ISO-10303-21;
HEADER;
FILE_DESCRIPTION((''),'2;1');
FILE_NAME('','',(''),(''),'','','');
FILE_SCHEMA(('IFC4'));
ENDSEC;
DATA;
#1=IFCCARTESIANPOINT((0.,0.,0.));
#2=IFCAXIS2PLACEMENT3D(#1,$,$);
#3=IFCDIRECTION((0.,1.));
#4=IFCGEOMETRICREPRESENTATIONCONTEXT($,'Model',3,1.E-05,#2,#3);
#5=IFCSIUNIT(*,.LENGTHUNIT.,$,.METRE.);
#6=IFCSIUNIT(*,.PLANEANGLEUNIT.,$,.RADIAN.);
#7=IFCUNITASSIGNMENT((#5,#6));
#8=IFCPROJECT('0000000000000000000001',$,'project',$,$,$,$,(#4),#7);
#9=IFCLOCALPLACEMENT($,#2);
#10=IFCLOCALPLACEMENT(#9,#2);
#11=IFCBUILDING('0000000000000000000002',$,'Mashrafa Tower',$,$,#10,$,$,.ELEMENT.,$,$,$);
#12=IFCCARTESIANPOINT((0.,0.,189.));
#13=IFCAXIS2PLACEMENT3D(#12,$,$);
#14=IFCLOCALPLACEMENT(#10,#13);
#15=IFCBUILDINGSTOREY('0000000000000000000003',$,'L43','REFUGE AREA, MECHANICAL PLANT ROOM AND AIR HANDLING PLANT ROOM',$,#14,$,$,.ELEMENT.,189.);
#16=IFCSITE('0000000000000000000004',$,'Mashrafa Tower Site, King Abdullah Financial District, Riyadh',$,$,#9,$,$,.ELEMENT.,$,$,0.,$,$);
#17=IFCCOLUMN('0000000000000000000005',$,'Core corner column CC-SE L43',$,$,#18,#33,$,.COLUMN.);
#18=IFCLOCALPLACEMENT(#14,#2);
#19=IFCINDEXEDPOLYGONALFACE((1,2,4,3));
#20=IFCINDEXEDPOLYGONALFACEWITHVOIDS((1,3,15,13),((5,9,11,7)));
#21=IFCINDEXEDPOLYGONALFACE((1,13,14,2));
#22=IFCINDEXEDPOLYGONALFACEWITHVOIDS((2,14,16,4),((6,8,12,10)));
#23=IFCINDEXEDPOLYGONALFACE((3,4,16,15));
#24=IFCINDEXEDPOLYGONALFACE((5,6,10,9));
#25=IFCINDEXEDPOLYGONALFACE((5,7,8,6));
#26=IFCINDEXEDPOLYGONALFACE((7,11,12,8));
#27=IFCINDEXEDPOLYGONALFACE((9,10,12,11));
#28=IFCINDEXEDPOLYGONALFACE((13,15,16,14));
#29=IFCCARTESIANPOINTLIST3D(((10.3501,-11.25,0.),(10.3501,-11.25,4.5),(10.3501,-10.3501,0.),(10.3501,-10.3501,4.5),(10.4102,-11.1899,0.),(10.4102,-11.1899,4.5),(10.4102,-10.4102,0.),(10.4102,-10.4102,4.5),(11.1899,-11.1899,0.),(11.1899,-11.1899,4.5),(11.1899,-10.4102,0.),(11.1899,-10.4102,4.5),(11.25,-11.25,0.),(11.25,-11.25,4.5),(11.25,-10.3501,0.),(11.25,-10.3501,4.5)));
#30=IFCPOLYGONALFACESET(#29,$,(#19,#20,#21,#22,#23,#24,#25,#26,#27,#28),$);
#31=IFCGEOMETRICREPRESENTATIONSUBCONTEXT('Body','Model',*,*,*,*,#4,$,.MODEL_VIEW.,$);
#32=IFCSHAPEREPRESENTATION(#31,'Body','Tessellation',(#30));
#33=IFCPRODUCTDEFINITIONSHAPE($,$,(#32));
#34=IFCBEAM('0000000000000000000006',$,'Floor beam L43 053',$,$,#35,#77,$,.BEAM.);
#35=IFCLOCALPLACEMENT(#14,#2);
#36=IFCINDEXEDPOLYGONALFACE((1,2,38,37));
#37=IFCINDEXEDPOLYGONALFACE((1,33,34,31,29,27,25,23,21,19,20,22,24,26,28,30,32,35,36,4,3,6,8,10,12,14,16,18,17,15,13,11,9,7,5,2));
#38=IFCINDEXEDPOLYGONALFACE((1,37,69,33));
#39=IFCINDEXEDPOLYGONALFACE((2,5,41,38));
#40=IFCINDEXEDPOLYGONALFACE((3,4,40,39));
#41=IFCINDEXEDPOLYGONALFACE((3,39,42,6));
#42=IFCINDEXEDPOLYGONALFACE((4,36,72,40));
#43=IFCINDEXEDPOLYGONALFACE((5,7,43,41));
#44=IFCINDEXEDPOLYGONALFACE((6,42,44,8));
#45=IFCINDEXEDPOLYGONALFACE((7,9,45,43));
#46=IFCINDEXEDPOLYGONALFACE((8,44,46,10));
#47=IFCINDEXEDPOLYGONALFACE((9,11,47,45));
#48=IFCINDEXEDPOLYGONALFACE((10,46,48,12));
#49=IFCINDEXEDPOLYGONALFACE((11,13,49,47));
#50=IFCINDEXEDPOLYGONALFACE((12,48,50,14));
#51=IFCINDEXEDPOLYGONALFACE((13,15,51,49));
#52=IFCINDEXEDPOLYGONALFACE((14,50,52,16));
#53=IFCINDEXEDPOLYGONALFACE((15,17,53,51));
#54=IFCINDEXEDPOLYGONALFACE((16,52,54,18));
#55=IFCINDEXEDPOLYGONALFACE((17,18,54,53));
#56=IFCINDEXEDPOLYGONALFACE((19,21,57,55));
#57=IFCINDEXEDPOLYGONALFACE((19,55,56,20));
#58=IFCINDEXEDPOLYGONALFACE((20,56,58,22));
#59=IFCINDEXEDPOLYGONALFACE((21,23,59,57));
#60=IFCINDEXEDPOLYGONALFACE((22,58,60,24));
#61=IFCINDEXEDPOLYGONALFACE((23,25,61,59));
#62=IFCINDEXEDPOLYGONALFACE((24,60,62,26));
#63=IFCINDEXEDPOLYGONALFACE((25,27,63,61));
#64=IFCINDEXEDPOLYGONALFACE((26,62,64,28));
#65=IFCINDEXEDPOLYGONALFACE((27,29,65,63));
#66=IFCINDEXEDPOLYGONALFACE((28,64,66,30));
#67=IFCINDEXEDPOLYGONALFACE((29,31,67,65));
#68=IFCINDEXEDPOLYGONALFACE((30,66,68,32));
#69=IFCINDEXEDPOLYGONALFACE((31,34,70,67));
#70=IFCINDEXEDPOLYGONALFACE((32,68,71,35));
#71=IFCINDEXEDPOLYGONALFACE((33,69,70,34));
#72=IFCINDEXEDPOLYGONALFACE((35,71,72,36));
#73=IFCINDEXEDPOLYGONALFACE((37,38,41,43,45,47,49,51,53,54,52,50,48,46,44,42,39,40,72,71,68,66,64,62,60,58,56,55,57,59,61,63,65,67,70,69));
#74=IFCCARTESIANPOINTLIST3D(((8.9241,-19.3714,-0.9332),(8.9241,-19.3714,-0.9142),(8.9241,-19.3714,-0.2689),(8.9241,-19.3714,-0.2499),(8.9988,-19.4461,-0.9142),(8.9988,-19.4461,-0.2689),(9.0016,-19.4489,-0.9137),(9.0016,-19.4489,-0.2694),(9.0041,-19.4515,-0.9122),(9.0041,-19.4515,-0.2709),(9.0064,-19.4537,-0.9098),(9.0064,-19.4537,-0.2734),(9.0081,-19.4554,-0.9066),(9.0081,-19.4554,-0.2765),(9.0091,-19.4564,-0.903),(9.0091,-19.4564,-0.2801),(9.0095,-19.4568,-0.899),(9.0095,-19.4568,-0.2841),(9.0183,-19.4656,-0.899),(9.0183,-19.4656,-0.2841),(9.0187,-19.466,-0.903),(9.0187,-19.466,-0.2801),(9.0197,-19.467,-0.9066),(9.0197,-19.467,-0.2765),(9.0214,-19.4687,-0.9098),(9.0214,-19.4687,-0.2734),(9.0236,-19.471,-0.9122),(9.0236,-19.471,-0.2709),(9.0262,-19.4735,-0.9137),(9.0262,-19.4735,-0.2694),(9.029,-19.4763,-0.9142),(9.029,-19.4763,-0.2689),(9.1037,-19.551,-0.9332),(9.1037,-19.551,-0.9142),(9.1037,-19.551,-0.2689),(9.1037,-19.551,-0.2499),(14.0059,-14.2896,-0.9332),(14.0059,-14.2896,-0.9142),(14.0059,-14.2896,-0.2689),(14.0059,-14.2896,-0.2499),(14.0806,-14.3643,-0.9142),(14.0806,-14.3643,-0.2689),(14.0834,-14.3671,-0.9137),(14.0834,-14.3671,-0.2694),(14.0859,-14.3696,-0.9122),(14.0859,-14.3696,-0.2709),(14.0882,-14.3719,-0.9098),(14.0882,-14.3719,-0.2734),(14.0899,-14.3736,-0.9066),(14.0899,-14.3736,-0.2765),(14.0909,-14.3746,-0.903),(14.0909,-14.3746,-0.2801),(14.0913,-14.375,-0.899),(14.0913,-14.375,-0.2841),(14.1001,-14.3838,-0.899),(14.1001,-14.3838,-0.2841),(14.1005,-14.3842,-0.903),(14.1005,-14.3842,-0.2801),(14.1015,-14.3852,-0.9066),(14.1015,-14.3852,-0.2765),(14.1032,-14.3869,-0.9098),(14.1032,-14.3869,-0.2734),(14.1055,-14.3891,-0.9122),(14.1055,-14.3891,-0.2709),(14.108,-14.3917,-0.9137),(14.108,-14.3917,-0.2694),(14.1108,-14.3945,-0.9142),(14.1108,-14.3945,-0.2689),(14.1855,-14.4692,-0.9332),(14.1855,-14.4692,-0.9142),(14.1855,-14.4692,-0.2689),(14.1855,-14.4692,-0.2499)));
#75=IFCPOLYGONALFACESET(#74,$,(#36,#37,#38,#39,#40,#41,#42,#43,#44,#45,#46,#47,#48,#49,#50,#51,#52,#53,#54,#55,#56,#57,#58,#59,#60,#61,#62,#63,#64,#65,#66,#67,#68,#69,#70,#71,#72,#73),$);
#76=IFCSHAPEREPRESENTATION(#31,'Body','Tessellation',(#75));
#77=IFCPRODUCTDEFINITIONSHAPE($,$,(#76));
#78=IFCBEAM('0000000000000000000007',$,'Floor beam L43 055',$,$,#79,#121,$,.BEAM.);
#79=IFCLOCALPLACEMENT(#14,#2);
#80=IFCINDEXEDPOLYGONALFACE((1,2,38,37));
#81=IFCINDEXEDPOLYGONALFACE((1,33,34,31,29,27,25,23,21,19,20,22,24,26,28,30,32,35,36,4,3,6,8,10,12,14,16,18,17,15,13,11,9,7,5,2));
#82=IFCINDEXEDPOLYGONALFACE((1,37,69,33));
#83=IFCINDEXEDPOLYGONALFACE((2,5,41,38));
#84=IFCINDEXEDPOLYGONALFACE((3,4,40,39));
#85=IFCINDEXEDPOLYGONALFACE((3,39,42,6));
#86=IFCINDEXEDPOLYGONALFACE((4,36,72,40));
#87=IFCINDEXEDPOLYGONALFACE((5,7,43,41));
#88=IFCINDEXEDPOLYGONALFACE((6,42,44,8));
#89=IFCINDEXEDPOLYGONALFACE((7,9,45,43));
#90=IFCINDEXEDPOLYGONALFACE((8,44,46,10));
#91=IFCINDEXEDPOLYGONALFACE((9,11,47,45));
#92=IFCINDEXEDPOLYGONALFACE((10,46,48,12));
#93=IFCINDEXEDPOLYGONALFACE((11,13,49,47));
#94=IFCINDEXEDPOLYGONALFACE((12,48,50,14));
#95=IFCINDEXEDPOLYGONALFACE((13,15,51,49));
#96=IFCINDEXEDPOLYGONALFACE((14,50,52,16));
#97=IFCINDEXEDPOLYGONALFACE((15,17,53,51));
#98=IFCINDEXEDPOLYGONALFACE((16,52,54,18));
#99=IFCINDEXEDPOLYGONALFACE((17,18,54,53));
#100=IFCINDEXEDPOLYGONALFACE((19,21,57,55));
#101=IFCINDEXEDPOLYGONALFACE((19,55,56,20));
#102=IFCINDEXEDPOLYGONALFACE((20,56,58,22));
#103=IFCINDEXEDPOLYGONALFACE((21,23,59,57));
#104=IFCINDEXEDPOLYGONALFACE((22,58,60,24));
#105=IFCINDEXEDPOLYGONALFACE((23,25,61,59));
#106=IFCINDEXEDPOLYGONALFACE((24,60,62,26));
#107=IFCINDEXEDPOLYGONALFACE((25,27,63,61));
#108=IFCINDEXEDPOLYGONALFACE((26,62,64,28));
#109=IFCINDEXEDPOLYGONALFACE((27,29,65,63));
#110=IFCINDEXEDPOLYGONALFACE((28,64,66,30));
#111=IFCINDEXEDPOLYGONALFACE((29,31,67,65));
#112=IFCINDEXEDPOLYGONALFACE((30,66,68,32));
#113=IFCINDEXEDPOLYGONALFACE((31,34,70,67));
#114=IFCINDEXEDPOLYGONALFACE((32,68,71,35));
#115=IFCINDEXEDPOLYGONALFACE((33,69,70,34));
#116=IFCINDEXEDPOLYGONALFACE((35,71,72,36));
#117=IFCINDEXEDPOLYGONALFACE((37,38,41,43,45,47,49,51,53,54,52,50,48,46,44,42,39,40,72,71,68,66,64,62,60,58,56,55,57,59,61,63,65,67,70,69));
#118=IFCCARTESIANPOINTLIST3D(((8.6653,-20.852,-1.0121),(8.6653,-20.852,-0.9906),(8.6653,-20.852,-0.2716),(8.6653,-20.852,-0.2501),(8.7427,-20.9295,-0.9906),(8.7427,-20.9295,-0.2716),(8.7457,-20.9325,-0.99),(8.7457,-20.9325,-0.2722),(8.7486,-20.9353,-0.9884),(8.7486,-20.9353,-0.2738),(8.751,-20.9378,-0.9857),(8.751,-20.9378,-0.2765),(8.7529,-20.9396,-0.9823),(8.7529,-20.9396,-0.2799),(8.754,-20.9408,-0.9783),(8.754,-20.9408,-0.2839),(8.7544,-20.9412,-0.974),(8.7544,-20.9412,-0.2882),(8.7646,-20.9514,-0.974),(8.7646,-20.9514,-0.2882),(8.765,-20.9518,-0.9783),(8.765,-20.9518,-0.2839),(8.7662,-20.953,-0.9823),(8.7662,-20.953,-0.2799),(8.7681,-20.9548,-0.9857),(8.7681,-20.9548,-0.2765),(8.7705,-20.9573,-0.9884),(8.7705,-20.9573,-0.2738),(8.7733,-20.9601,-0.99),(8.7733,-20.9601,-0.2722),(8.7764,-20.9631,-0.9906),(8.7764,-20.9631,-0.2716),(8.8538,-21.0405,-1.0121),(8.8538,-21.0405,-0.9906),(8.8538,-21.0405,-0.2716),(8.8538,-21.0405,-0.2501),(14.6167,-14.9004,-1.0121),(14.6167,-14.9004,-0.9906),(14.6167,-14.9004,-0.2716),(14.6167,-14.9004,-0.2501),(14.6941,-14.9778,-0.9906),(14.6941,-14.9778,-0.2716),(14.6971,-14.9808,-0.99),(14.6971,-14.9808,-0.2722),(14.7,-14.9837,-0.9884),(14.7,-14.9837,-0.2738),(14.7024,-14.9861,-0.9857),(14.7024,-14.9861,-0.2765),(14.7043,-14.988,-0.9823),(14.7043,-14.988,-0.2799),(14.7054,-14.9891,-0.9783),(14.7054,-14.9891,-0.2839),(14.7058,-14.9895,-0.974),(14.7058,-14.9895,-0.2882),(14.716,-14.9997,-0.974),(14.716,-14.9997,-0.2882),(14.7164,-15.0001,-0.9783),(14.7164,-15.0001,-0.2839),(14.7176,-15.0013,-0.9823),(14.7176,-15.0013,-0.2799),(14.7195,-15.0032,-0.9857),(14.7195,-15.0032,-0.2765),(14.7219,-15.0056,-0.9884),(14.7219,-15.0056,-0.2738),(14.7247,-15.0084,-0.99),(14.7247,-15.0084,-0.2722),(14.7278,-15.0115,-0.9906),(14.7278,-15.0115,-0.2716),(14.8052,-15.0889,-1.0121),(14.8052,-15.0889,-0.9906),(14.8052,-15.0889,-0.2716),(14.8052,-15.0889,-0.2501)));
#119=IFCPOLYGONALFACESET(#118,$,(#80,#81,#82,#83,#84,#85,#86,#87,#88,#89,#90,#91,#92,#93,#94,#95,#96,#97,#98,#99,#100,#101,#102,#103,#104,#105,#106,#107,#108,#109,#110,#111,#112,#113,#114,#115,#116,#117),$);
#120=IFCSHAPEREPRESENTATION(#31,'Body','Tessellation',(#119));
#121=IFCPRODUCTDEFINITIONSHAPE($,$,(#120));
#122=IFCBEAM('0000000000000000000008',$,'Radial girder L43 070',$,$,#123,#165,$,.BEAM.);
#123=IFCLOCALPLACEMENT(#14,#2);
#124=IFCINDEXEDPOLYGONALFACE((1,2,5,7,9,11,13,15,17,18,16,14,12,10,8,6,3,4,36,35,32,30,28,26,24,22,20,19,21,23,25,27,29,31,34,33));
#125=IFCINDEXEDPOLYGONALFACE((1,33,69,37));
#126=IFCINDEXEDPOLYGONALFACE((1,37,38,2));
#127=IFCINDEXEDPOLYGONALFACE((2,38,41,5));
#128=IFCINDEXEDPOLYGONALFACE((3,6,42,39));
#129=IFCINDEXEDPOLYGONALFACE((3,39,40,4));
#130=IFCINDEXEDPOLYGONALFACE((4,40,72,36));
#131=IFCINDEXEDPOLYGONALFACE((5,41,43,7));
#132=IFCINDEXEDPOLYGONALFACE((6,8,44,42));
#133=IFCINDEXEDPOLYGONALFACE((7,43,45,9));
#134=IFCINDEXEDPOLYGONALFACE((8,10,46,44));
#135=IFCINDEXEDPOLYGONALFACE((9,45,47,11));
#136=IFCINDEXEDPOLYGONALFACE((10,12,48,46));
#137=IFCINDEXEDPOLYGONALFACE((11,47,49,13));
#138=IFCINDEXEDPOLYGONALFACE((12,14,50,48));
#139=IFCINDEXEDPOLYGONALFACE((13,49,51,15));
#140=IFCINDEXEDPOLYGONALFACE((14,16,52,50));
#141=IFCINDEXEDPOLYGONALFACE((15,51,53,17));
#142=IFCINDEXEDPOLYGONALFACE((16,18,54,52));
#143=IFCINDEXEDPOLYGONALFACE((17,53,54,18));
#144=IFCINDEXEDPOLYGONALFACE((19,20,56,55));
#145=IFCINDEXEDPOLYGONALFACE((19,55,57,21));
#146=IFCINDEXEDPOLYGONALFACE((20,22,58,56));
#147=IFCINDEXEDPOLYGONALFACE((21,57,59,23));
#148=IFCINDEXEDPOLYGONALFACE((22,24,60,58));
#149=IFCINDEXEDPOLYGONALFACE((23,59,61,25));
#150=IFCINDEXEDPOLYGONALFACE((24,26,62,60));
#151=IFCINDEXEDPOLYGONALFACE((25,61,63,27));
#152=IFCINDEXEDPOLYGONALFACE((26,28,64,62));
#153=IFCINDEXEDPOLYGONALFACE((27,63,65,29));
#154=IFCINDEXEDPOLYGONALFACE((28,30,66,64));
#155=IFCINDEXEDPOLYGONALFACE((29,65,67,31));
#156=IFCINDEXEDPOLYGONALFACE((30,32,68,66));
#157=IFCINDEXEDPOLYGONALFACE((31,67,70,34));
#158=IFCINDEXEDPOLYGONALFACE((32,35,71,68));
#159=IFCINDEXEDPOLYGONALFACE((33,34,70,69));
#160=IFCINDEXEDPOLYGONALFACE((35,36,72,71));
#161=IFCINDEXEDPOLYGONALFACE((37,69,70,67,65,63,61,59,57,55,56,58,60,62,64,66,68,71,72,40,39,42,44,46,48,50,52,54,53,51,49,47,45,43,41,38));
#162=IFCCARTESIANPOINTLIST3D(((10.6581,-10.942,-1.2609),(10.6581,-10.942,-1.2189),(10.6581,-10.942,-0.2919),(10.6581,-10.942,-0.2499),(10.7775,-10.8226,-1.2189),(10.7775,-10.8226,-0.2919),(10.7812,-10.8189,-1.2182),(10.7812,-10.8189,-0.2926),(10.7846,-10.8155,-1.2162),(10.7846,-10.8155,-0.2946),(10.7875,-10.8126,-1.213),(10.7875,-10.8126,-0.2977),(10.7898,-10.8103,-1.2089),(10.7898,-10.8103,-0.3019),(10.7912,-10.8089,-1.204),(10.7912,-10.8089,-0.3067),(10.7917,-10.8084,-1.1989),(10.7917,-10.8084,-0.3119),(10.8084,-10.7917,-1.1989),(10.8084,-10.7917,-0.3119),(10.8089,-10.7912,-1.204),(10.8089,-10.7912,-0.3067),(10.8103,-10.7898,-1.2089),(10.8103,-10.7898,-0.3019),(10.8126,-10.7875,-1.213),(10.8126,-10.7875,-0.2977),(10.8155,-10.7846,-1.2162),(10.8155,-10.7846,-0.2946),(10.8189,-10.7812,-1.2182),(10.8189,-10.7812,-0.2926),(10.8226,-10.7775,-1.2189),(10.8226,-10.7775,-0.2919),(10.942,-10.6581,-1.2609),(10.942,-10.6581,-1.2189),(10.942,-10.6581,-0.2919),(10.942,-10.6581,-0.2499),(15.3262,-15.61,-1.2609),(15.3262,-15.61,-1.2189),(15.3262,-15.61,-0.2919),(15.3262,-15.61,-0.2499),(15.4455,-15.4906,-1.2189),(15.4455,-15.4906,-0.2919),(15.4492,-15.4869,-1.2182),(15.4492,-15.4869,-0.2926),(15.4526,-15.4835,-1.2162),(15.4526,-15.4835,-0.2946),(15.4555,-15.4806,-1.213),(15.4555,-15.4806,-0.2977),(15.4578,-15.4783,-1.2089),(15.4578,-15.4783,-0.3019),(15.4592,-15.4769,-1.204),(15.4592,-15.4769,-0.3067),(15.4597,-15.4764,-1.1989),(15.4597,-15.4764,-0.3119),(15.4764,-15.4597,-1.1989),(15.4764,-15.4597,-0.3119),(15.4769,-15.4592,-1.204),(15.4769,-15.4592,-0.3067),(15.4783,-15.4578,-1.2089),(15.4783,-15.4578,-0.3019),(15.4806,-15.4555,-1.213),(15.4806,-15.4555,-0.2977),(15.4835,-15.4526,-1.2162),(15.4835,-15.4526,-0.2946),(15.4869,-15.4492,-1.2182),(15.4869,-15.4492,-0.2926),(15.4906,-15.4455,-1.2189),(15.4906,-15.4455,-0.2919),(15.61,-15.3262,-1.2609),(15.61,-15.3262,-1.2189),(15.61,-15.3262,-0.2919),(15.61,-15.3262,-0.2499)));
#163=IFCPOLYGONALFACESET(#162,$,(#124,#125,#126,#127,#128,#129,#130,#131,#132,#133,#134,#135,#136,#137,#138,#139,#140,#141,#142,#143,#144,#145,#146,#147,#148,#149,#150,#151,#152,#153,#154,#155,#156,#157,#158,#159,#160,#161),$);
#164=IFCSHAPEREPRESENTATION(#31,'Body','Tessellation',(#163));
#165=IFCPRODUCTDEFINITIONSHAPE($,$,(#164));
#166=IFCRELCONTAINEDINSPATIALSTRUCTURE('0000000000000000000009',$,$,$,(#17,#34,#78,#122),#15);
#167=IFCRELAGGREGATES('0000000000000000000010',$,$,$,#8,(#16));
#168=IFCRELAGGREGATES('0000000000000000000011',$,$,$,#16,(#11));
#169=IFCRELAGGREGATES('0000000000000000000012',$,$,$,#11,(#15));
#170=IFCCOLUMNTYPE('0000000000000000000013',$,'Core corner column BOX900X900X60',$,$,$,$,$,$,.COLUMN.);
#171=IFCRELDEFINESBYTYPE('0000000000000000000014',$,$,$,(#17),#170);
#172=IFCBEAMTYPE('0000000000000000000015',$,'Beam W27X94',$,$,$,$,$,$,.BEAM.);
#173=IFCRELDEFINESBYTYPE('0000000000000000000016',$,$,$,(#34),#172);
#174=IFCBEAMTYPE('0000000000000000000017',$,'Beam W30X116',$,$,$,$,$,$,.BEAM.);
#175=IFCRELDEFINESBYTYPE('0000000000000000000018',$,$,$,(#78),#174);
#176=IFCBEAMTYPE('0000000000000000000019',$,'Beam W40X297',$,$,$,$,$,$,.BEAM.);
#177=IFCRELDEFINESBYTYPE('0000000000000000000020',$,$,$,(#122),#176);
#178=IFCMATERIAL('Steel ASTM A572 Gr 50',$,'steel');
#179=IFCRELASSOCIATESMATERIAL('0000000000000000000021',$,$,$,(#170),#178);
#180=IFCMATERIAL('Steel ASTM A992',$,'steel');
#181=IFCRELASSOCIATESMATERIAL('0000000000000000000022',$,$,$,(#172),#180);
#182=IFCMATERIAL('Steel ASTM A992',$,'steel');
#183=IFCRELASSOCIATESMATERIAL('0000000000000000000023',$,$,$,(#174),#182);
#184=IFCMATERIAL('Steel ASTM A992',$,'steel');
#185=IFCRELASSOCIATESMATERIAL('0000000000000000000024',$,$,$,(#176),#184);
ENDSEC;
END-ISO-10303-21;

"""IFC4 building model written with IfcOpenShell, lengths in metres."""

from ifc_helpers import new_model, si_unit, direction, frame, origin, origin_2d, place, context, subcontext, project, spatial, hollow_rectangle, i_section, extrude, material, material_profile, profile_set, type_object, element, save


model = new_model("IFC4")

# Units and contexts
model_context = context("Model", 3, precision=1e-05, world=origin(), true_north=direction((0.0, 1.0)))
body_context = subcontext(model_context, "Body", "Model", "MODEL_VIEW")
ifc_project = project(units=[si_unit("LENGTHUNIT", "METRE"), si_unit("PLANEANGLEUNIT", "RADIAN")], contexts=[model_context])

# Site, building, storey
site_placement = place(None, origin())
site = spatial("IfcSite", under=ifc_project, at=site_placement, Name="Mashrafa Tower Site, King Abdullah Financial District, Riyadh", CompositionType="ELEMENT", RefElevation=0.0)
building_placement = place(site_placement, origin())
building = spatial("IfcBuilding", under=site, at=building_placement, Name="Mashrafa Tower", CompositionType="ELEMENT")
storey_placement = place(building_placement, frame((0.0, 0.0, 189.0)))
storey = spatial("IfcBuildingStorey", under=building, at=storey_placement, Name="L43", Description="REFUGE AREA, MECHANICAL PLANT ROOM AND AIR HANDLING PLANT ROOM", CompositionType="ELEMENT", Elevation=189.0)

# Column
ifc_material_1 = material(Name="Steel ASTM A572 Gr 50", Category="steel")
ifc_material_profile_1 = material_profile(ifc_material_1, hollow_rectangle(XDim=0.8999, YDim=0.8999, WallThickness=0.0601, at=origin_2d()), Name="BOX900X900X60")
ifc_profile_set_1 = profile_set([ifc_material_profile_1], Name="Steel ASTM A572 Gr 50")
column_type = type_object("IfcColumnType", Name="Core corner column BOX900X900X60", PredefinedType="COLUMN", material=ifc_profile_set_1)
column_placement = place(storey_placement, frame((10.8, -10.8, 0.0), z_axis=(0.0, 0.0, 1.0), x_axis=(1.0, 0.0, 0.0)))
element("IfcColumn", 1, at=column_placement, inside=storey, type_object=column_type, Name="Core corner column CC-SE L43", PredefinedType="COLUMN", context=body_context, shape_type="SweptSolid", body=[
    extrude(hollow_rectangle(XDim=0.8999, YDim=0.8999, WallThickness=0.0601, at=origin_2d()), origin(), (0.0, 0.0, 1.0), 4.5),
])

# Beams
ifc_material_2 = material(Name="Steel ASTM A992", Category="steel")
ifc_material_profile_2 = material_profile(ifc_material_2, i_section(OverallWidth=0.2539, OverallDepth=0.6833, WebThickness=0.0125, FlangeThickness=0.019, FilletRadius=0.0151, at=origin_2d()), Name="W27X94")
ifc_profile_set_2 = profile_set([ifc_material_profile_2], Name="Steel ASTM A992")
beam_type_1 = type_object("IfcBeamType", Name="Beam W27X94", PredefinedType="BEAM", material=ifc_profile_set_2)
beam_1_placement = place(storey_placement, frame((14.0957, -14.3794, -0.5916), z_axis=(-0.707107, -0.707107, 0.0), x_axis=(0.707107, -0.707107, 0.0)))
element("IfcBeam", 2, at=beam_1_placement, inside=storey, type_object=beam_type_1, Name="Floor beam L43 053", PredefinedType="BEAM", context=body_context, shape_type="SweptSolid", body=[
    extrude(i_section(OverallWidth=0.2539, OverallDepth=0.6833, WebThickness=0.0125, FlangeThickness=0.019, FilletRadius=0.0151, at=origin_2d()), origin(), (0.0, 0.0, 1.0), 7.1868),
])
ifc_material_3 = material(Name="Steel ASTM A992", Category="steel")
ifc_material_profile_3 = material_profile(ifc_material_3, i_section(OverallWidth=0.2666, OverallDepth=0.762, WebThickness=0.0144, FlangeThickness=0.0215, FilletRadius=0.0166, at=origin_2d()), Name="W30X116")
ifc_profile_set_3 = profile_set([ifc_material_profile_3], Name="Steel ASTM A992")
beam_type_2 = type_object("IfcBeamType", Name="Beam W30X116", PredefinedType="BEAM", material=ifc_profile_set_3)
beam_2_placement = place(storey_placement, frame((14.7109, -14.9946, -0.6311), z_axis=(-0.707092, -0.707121, 0.0), x_axis=(0.707121, -0.707092, 0.0)))
element("IfcBeam", 3, at=beam_2_placement, inside=storey, type_object=beam_type_2, Name="Floor beam L43 055", PredefinedType="BEAM", context=body_context, shape_type="SweptSolid", body=[
    extrude(i_section(OverallWidth=0.2666, OverallDepth=0.762, WebThickness=0.0144, FlangeThickness=0.0215, FilletRadius=0.0166, at=origin_2d()), origin(), (0.0, 0.0, 1.0), 8.4167),
])
ifc_material_4 = material(Name="Steel ASTM A992", Category="steel")
ifc_material_profile_4 = material_profile(ifc_material_4, i_section(OverallWidth=0.4014, OverallDepth=1.011, WebThickness=0.0237, FlangeThickness=0.042, FilletRadius=0.02, at=origin_2d()), Name="W40X297")
ifc_profile_set_4 = profile_set([ifc_material_profile_4], Name="Steel ASTM A992")
beam_type_3 = type_object("IfcBeamType", Name="Beam W40X297", PredefinedType="BEAM", material=ifc_profile_set_4)
beam_3_placement = place(storey_placement, frame((10.8, -10.8, -0.7554), z_axis=(0.707107, -0.707107, 0.0), x_axis=(0.707107, 0.707107, 0.0)))
element("IfcBeam", 4, at=beam_3_placement, inside=storey, type_object=beam_type_3, Name="Radial girder L43 070", PredefinedType="BEAM", context=body_context, shape_type="SweptSolid", body=[
    extrude(i_section(OverallWidth=0.4014, OverallDepth=1.011, WebThickness=0.0237, FlangeThickness=0.042, FilletRadius=0.02, at=origin_2d()), origin(), (0.0, 0.0, 1.0), 6.6016),
])

save(model, "model.ifc")
